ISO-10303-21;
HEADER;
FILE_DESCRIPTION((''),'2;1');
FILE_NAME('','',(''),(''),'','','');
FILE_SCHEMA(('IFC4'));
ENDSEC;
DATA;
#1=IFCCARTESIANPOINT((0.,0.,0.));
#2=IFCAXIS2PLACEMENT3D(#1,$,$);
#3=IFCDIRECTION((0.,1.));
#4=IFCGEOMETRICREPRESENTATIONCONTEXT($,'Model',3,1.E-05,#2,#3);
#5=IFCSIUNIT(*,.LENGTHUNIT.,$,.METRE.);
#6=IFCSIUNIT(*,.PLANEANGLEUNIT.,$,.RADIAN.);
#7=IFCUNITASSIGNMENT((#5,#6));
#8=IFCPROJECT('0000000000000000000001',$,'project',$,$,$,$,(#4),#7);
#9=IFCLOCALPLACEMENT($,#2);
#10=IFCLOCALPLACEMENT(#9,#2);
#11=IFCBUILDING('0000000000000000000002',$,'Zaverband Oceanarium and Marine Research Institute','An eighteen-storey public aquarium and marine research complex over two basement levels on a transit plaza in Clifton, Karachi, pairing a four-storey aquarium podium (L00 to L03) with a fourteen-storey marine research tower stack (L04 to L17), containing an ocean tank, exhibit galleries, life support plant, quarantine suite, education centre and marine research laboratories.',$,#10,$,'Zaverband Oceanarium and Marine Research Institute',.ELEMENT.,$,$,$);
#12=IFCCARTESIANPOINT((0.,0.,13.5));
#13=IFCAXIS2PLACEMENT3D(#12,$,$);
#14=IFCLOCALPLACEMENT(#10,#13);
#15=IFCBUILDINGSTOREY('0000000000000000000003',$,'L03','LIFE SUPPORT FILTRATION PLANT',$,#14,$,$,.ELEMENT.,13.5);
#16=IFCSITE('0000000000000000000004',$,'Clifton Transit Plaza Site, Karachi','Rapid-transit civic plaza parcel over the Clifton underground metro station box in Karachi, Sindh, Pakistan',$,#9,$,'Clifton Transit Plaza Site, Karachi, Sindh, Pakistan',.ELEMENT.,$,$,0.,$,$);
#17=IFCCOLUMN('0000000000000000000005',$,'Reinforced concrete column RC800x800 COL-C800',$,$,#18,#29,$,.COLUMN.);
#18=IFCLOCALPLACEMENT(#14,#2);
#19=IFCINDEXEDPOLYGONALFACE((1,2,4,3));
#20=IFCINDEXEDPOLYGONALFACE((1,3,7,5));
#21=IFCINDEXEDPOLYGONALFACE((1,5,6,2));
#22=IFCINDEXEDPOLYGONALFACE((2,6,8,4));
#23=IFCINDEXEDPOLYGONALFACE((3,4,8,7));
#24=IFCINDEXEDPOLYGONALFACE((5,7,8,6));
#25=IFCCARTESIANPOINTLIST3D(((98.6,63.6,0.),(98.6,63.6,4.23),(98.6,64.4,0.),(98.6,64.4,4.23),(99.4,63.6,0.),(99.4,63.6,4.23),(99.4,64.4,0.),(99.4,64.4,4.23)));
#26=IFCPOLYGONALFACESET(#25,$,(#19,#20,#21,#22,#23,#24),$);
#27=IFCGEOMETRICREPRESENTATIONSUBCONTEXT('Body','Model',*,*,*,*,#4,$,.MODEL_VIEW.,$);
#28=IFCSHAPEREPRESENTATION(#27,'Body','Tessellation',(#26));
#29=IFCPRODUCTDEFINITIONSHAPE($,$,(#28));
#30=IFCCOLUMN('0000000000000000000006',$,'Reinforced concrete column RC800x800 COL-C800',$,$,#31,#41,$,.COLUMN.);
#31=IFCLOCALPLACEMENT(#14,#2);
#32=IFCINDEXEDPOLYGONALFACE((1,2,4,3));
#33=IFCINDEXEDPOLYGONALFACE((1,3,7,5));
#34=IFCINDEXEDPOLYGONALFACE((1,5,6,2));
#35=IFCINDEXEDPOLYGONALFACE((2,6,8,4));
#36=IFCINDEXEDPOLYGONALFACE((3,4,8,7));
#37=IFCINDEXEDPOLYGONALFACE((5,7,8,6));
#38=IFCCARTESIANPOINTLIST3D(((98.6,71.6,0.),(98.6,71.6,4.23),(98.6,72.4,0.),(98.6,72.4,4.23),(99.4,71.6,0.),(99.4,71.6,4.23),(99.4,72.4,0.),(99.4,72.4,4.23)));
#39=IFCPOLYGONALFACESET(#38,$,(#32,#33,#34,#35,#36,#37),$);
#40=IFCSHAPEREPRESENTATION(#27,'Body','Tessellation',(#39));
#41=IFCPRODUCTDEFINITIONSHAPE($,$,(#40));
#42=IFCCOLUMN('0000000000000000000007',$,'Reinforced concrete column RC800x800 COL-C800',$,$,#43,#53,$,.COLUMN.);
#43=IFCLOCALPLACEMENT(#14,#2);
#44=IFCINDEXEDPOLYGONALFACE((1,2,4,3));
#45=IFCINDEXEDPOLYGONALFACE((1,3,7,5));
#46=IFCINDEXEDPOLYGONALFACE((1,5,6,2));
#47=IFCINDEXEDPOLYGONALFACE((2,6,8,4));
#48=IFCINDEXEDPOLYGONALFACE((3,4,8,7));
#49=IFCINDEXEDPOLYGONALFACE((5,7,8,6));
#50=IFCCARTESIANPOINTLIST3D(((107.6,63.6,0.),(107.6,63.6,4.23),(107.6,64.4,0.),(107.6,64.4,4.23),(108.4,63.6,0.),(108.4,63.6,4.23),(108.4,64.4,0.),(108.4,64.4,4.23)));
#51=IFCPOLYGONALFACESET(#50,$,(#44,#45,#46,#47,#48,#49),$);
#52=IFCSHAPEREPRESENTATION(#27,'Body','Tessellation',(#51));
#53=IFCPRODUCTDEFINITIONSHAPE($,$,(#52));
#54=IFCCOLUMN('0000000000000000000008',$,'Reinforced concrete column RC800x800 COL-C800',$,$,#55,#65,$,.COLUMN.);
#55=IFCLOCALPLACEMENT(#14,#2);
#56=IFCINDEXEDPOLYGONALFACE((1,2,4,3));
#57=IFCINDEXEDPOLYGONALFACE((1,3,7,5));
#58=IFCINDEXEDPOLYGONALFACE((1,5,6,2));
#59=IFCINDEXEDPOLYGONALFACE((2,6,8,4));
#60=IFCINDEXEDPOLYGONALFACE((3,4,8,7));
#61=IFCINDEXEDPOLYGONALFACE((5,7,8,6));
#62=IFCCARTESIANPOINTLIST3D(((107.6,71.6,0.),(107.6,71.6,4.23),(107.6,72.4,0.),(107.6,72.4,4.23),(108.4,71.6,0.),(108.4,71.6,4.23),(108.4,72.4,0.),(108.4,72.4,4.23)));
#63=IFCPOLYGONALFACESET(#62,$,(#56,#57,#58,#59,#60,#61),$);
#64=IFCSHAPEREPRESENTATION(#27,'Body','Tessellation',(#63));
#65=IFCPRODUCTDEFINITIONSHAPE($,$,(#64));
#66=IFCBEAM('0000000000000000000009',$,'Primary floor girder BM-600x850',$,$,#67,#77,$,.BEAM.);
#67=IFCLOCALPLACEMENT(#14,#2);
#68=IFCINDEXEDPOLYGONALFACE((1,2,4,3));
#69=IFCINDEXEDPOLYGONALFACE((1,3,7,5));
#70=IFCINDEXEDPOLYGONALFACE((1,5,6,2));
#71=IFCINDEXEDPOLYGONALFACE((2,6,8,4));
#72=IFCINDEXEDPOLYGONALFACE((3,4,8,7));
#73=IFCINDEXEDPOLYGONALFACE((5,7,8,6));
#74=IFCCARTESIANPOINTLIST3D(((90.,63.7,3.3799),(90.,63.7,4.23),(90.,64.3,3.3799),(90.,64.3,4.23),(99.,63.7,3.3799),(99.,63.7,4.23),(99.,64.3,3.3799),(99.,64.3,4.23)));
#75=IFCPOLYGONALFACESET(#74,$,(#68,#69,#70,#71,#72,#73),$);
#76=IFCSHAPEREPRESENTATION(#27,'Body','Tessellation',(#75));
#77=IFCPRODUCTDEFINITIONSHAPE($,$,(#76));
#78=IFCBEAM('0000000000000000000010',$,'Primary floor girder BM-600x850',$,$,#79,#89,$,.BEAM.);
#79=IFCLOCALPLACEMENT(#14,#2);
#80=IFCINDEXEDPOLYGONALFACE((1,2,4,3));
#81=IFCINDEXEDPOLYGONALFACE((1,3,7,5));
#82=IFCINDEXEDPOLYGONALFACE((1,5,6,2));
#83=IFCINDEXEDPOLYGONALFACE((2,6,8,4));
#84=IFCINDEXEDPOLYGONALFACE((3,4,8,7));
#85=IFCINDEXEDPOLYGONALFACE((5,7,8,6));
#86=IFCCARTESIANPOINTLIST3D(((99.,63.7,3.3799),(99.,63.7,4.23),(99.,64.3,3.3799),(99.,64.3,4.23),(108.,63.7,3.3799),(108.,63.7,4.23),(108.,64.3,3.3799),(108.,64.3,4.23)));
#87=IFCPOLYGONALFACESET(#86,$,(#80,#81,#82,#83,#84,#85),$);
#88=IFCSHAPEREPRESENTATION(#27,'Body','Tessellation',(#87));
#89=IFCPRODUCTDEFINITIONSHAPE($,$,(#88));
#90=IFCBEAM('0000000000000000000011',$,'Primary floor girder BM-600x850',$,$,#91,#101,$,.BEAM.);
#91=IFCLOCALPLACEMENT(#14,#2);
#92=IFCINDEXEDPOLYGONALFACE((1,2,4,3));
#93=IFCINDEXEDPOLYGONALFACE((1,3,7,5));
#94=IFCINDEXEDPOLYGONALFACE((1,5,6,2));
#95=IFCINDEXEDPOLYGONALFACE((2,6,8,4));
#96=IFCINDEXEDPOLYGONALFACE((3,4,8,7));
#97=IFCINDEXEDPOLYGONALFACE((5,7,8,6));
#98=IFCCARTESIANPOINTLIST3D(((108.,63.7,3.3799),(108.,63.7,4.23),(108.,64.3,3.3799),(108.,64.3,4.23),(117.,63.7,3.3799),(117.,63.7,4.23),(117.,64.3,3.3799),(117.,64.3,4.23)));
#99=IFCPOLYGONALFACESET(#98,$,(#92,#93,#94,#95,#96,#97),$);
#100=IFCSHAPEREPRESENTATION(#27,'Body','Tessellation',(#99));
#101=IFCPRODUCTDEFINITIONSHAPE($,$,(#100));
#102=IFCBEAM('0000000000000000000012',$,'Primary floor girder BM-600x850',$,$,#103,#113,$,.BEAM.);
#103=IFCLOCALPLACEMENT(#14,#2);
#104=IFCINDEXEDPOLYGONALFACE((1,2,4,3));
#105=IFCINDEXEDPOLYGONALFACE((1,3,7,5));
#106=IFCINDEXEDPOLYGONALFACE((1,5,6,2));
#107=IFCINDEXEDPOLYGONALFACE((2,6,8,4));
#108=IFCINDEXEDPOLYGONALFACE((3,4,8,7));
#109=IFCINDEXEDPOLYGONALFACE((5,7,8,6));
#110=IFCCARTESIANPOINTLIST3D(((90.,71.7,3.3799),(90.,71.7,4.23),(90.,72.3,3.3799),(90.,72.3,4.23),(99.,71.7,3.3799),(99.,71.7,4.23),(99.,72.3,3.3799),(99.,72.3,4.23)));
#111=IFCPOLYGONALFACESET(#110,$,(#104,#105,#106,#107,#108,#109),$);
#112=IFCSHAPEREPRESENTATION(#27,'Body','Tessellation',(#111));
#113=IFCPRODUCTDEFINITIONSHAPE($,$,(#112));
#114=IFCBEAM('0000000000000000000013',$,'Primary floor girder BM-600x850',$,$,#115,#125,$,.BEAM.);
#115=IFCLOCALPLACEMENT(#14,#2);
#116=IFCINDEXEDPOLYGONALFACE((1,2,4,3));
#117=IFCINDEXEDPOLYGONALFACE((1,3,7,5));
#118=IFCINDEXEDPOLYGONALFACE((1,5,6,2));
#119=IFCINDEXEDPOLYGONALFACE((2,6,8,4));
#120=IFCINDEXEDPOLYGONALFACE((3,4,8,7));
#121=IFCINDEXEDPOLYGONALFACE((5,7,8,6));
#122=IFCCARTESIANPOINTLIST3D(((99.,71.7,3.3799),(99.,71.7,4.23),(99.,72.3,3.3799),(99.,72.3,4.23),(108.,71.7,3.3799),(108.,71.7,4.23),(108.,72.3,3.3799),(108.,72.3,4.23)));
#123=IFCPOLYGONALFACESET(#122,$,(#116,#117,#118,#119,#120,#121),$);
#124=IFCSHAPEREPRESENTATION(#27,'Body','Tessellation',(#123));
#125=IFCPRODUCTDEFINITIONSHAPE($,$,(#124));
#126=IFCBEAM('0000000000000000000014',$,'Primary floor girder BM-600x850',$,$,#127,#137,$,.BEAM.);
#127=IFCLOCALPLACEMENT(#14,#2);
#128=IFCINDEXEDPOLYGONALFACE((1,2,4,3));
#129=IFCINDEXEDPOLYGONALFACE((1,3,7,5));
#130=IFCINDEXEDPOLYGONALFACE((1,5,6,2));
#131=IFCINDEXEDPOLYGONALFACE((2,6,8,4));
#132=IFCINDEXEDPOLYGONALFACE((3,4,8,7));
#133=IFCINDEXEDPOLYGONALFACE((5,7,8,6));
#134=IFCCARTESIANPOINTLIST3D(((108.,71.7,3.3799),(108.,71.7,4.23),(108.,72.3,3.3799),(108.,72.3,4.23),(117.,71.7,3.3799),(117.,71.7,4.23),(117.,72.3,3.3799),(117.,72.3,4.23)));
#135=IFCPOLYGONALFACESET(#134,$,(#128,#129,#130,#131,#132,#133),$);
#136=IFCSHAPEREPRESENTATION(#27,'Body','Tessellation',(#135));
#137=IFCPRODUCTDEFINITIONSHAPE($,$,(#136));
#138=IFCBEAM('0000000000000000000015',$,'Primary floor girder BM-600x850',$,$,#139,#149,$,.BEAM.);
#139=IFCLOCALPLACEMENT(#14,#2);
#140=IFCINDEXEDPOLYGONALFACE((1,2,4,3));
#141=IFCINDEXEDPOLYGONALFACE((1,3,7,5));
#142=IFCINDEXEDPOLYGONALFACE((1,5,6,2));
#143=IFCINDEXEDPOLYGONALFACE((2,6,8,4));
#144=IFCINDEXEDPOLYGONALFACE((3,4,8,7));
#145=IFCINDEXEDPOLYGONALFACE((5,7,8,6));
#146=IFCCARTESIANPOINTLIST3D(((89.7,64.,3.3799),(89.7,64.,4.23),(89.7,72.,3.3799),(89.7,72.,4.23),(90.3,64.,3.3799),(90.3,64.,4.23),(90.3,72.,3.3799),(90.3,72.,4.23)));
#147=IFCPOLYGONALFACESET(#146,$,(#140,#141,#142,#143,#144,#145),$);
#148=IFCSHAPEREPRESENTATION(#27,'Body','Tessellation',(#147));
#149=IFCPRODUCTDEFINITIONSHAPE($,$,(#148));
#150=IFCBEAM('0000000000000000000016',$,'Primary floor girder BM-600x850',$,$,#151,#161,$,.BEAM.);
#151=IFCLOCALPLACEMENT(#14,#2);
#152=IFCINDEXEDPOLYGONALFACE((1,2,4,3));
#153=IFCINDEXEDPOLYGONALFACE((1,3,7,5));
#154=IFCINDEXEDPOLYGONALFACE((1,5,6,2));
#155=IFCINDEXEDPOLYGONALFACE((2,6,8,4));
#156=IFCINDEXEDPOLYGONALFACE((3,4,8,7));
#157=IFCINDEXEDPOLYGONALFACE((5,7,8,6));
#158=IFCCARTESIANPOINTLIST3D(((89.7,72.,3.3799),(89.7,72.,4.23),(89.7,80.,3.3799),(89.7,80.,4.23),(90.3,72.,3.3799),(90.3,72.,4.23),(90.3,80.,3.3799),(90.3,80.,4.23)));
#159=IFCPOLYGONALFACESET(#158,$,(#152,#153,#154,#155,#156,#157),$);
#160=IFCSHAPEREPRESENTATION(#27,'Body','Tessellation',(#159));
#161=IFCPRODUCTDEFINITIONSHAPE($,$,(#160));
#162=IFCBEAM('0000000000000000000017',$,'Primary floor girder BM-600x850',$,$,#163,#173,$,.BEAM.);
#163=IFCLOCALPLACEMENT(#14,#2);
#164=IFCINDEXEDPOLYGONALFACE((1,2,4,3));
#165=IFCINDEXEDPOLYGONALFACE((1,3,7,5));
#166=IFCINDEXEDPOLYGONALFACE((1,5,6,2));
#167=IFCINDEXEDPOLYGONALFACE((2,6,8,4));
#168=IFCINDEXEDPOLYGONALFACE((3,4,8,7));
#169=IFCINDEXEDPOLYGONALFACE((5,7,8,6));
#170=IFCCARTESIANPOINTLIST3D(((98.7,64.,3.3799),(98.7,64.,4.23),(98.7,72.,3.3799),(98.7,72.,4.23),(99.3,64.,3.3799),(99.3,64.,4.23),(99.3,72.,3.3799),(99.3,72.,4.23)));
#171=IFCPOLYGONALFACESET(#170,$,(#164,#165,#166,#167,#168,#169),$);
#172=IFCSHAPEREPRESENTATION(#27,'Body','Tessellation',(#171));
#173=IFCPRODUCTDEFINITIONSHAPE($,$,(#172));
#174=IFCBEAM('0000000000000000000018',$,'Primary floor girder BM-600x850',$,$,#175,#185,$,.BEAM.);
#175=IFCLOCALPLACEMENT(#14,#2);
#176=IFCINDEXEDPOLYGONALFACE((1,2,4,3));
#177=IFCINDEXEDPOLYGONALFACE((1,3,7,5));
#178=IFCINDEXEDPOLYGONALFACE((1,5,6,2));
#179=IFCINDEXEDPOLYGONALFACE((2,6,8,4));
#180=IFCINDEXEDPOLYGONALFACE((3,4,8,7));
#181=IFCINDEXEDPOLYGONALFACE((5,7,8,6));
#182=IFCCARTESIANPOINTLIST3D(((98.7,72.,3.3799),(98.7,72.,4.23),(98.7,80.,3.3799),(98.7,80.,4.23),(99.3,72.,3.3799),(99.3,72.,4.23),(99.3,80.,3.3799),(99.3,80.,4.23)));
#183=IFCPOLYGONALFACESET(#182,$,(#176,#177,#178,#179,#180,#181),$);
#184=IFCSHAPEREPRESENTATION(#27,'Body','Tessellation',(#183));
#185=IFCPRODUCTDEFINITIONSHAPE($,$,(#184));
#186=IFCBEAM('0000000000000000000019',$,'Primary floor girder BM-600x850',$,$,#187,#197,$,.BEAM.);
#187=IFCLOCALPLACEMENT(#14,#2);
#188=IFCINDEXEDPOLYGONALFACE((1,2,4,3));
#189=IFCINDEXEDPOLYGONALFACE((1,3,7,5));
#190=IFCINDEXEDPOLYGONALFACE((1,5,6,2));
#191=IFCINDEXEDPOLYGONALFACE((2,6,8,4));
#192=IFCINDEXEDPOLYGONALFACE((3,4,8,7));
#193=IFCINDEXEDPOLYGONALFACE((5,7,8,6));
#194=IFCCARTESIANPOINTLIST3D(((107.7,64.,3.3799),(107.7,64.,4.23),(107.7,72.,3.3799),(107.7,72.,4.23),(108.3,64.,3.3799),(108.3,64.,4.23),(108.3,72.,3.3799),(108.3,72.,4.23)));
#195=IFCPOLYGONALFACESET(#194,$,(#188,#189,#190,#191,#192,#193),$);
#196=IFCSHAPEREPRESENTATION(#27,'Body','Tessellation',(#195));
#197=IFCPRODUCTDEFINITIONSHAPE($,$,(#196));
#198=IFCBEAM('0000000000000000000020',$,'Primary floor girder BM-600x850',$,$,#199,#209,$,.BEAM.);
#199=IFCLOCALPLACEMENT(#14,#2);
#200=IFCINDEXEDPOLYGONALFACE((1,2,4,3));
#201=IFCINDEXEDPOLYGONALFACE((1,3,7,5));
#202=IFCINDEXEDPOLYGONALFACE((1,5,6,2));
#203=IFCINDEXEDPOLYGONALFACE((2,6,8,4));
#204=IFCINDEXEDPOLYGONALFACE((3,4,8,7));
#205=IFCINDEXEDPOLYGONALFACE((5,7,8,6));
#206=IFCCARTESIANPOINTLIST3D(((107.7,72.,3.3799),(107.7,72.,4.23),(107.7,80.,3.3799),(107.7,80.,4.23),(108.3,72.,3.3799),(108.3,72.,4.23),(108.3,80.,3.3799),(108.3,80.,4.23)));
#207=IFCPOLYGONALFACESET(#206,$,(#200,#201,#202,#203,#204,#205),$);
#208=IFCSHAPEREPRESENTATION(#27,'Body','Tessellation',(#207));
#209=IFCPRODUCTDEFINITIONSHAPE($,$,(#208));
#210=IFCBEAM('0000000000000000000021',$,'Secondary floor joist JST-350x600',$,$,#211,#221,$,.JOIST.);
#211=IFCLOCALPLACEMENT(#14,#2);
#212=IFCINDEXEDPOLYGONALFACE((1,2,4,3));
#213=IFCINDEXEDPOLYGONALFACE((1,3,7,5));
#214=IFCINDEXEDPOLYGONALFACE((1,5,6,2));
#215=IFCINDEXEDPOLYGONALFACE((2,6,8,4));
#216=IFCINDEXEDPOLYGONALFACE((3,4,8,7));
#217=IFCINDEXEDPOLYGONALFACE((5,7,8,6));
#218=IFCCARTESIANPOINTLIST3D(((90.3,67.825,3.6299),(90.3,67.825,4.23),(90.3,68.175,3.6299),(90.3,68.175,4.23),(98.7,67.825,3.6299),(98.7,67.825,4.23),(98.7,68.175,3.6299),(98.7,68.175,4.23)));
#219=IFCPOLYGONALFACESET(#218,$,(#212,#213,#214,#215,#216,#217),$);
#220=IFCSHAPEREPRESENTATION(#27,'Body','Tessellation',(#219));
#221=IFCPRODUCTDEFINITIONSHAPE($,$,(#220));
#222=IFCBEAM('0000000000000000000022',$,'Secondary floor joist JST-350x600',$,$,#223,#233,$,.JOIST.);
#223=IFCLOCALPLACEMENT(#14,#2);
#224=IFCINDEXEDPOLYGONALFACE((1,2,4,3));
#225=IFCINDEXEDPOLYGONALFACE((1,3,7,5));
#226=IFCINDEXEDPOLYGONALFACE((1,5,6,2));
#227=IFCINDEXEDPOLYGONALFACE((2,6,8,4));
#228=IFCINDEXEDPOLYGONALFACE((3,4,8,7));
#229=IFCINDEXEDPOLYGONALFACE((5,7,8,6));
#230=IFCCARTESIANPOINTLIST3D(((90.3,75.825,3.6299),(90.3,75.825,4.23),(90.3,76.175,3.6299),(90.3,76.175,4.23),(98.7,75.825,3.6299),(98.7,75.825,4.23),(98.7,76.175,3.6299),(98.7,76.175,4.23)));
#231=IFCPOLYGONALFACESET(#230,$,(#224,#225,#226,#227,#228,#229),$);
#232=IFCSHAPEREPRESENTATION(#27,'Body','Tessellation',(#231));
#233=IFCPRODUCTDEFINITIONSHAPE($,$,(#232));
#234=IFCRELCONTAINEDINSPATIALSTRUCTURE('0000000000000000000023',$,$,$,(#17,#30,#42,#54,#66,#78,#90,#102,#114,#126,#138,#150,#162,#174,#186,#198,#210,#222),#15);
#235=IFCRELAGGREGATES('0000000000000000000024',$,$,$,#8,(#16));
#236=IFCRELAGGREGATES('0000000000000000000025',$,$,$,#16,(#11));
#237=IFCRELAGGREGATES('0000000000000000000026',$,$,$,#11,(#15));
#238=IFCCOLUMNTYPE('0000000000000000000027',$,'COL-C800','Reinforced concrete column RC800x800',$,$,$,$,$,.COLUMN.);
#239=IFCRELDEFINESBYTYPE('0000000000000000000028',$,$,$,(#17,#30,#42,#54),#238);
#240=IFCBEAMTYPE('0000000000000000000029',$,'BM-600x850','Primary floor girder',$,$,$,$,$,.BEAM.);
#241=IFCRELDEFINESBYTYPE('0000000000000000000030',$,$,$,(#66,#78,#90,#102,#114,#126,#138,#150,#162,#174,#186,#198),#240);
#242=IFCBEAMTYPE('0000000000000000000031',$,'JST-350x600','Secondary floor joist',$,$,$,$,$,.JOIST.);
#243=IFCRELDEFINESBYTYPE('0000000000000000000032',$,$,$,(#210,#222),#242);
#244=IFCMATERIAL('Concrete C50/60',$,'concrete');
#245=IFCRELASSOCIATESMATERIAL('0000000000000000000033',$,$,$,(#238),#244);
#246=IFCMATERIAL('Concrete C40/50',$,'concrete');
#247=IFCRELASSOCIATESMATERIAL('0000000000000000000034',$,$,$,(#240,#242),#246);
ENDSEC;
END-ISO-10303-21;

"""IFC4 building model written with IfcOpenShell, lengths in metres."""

from ifc_helpers import new_model, si_unit, direction, frame, origin, origin_2d, place, context, subcontext, project, spatial, rectangle, extrude, material, material_profile, profile_set, type_object, element, save


model = new_model("IFC4")

# Units and contexts
model_context = context("Model", 3, precision=1e-05, world=origin(), true_north=direction((0.0, 1.0)))
body_context = subcontext(model_context, "Body", "Model", "MODEL_VIEW")
ifc_project = project(units=[si_unit("LENGTHUNIT", "METRE"), si_unit("PLANEANGLEUNIT", "RADIAN")], contexts=[model_context])

# Site, building, storey
site_placement = place(None, origin())
site = spatial("IfcSite", under=ifc_project, at=site_placement, Name="Clifton Transit Plaza Site, Karachi", Description="Rapid-transit civic plaza parcel over the Clifton underground metro station box in Karachi, Sindh, Pakistan", LongName="Clifton Transit Plaza Site, Karachi, Sindh, Pakistan", CompositionType="ELEMENT", RefElevation=0.0)
building_placement = place(site_placement, origin())
building = spatial("IfcBuilding", under=site, at=building_placement, Name="Zaverband Oceanarium and Marine Research Institute", Description="An eighteen-storey public aquarium and marine research complex over two basement levels on a transit plaza in Clifton, Karachi, pairing a four-storey aquarium podium (L00 to L03) with a fourteen-storey marine research tower stack (L04 to L17), containing an ocean tank, exhibit galleries, life support plant, quarantine suite, education centre and marine research laboratories.", LongName="Zaverband Oceanarium and Marine Research Institute", CompositionType="ELEMENT")
storey_placement = place(building_placement, frame((0.0, 0.0, 13.5)))
storey = spatial("IfcBuildingStorey", under=building, at=storey_placement, Name="L03", Description="LIFE SUPPORT FILTRATION PLANT", CompositionType="ELEMENT", Elevation=13.5)

# Columns
ifc_material_1 = material(Name="Concrete C50/60", Category="concrete")
ifc_material_profile_1 = material_profile(ifc_material_1, rectangle(XDim=0.8, YDim=0.8, at=origin_2d()), Name="RC800x800")
ifc_profile_set_1 = profile_set([ifc_material_profile_1], Name="Concrete C50/60")
column_type = type_object("IfcColumnType", Name="COL-C800", Description="Reinforced concrete column RC800x800", PredefinedType="COLUMN", material=ifc_profile_set_1)
for number, where, z_axis, x_axis, name in (
    (1, (99.0, 64.0, 0.0), (0.0, 0.0, 1.0), (1.0, 0.0, 0.0), "Reinforced concrete column RC800x800 COL-C800"),
    (2, (99.0, 72.0, 0.0), (0.0, 0.0, 1.0), (1.0, 0.0, 0.0), "Reinforced concrete column RC800x800 COL-C800"),
    (3, (108.0, 64.0, 0.0), (0.0, 0.0, 1.0), (1.0, 0.0, 0.0), "Reinforced concrete column RC800x800 COL-C800"),
    (4, (108.0, 72.0, 0.0), (0.0, 0.0, 1.0), (1.0, 0.0, 0.0), "Reinforced concrete column RC800x800 COL-C800"),
):
    element("IfcColumn", number, at=place(storey_placement, frame(where, z_axis=z_axis, x_axis=x_axis)), inside=storey, type_object=column_type, Name=name, PredefinedType="COLUMN", context=body_context, shape_type="SweptSolid", body=[
        extrude(rectangle(XDim=0.8, YDim=0.8, at=origin_2d()), origin(), (0.0, 0.0, 1.0), 4.23),
    ])

# Beams
ifc_material_2 = material(Name="Concrete C40/50", Category="concrete")
ifc_material_profile_2 = material_profile(ifc_material_2, rectangle(XDim=0.6001, YDim=0.8501, at=origin_2d()), Name="RC600x850")
ifc_profile_set_2 = profile_set([ifc_material_profile_2], Name="Concrete C40/50")
beam_type_1 = type_object("IfcBeamType", Name="BM-600x850", Description="Primary floor girder", PredefinedType="BEAM", material=ifc_profile_set_2)
for number, where, z_axis, x_axis, name in (
    (5, (90.0, 64.0, 3.8049), (1.0, 0.0, 0.0), (0.0, 1.0, 0.0), "Primary floor girder BM-600x850"),
    (6, (99.0, 64.0, 3.8049), (1.0, 0.0, 0.0), (0.0, 1.0, 0.0), "Primary floor girder BM-600x850"),
    (7, (108.0, 64.0, 3.8049), (1.0, 0.0, 0.0), (0.0, 1.0, 0.0), "Primary floor girder BM-600x850"),
    (8, (90.0, 72.0, 3.8049), (1.0, 0.0, 0.0), (0.0, 1.0, 0.0), "Primary floor girder BM-600x850"),
    (9, (99.0, 72.0, 3.8049), (1.0, 0.0, 0.0), (0.0, 1.0, 0.0), "Primary floor girder BM-600x850"),
    (10, (108.0, 72.0, 3.8049), (1.0, 0.0, 0.0), (0.0, 1.0, 0.0), "Primary floor girder BM-600x850"),
):
    element("IfcBeam", number, at=place(storey_placement, frame(where, z_axis=z_axis, x_axis=x_axis)), inside=storey, type_object=beam_type_1, Name=name, PredefinedType="BEAM", context=body_context, shape_type="SweptSolid", body=[
        extrude(rectangle(XDim=0.6001, YDim=0.8501, at=origin_2d()), origin(), (0.0, 0.0, 1.0), 9.0),
    ])
for number, where, z_axis, x_axis, name in (
    (11, (90.0, 64.0, 3.8049), (0.0, 1.0, 0.0), (-1.0, 0.0, 0.0), "Primary floor girder BM-600x850"),
    (12, (90.0, 72.0, 3.8049), (0.0, 1.0, 0.0), (-1.0, 0.0, 0.0), "Primary floor girder BM-600x850"),
    (13, (99.0, 64.0, 3.8049), (0.0, 1.0, 0.0), (-1.0, 0.0, 0.0), "Primary floor girder BM-600x850"),
    (14, (99.0, 72.0, 3.8049), (0.0, 1.0, 0.0), (-1.0, 0.0, 0.0), "Primary floor girder BM-600x850"),
    (15, (108.0, 64.0, 3.8049), (0.0, 1.0, 0.0), (-1.0, 0.0, 0.0), "Primary floor girder BM-600x850"),
    (16, (108.0, 72.0, 3.8049), (0.0, 1.0, 0.0), (-1.0, 0.0, 0.0), "Primary floor girder BM-600x850"),
):
    element("IfcBeam", number, at=place(storey_placement, frame(where, z_axis=z_axis, x_axis=x_axis)), inside=storey, type_object=beam_type_1, Name=name, PredefinedType="BEAM", context=body_context, shape_type="SweptSolid", body=[
        extrude(rectangle(XDim=0.6001, YDim=0.8501, at=origin_2d()), origin(), (0.0, 0.0, 1.0), 8.0),
    ])
ifc_material_profile_3 = material_profile(ifc_material_2, rectangle(XDim=0.3501, YDim=0.6001, at=origin_2d()), Name="RC350x600")
ifc_profile_set_3 = profile_set([ifc_material_profile_3], Name="Concrete C40/50")
beam_type_2 = type_object("IfcBeamType", Name="JST-350x600", Description="Secondary floor joist", PredefinedType="JOIST", material=ifc_profile_set_3)
for number, where, z_axis, x_axis, name in (
    (17, (90.3, 68.0, 3.9299), (1.0, 0.0, 0.0), (0.0, 1.0, 0.0), "Secondary floor joist JST-350x600"),
    (18, (90.3, 76.0, 3.9299), (1.0, 0.0, 0.0), (0.0, 1.0, 0.0), "Secondary floor joist JST-350x600"),
):
    element("IfcBeam", number, at=place(storey_placement, frame(where, z_axis=z_axis, x_axis=x_axis)), inside=storey, type_object=beam_type_2, Name=name, PredefinedType="JOIST", context=body_context, shape_type="SweptSolid", body=[
        extrude(rectangle(XDim=0.3501, YDim=0.6001, at=origin_2d()), origin(), (0.0, 0.0, 1.0), 8.3999),
    ])

save(model, "model.ifc")
